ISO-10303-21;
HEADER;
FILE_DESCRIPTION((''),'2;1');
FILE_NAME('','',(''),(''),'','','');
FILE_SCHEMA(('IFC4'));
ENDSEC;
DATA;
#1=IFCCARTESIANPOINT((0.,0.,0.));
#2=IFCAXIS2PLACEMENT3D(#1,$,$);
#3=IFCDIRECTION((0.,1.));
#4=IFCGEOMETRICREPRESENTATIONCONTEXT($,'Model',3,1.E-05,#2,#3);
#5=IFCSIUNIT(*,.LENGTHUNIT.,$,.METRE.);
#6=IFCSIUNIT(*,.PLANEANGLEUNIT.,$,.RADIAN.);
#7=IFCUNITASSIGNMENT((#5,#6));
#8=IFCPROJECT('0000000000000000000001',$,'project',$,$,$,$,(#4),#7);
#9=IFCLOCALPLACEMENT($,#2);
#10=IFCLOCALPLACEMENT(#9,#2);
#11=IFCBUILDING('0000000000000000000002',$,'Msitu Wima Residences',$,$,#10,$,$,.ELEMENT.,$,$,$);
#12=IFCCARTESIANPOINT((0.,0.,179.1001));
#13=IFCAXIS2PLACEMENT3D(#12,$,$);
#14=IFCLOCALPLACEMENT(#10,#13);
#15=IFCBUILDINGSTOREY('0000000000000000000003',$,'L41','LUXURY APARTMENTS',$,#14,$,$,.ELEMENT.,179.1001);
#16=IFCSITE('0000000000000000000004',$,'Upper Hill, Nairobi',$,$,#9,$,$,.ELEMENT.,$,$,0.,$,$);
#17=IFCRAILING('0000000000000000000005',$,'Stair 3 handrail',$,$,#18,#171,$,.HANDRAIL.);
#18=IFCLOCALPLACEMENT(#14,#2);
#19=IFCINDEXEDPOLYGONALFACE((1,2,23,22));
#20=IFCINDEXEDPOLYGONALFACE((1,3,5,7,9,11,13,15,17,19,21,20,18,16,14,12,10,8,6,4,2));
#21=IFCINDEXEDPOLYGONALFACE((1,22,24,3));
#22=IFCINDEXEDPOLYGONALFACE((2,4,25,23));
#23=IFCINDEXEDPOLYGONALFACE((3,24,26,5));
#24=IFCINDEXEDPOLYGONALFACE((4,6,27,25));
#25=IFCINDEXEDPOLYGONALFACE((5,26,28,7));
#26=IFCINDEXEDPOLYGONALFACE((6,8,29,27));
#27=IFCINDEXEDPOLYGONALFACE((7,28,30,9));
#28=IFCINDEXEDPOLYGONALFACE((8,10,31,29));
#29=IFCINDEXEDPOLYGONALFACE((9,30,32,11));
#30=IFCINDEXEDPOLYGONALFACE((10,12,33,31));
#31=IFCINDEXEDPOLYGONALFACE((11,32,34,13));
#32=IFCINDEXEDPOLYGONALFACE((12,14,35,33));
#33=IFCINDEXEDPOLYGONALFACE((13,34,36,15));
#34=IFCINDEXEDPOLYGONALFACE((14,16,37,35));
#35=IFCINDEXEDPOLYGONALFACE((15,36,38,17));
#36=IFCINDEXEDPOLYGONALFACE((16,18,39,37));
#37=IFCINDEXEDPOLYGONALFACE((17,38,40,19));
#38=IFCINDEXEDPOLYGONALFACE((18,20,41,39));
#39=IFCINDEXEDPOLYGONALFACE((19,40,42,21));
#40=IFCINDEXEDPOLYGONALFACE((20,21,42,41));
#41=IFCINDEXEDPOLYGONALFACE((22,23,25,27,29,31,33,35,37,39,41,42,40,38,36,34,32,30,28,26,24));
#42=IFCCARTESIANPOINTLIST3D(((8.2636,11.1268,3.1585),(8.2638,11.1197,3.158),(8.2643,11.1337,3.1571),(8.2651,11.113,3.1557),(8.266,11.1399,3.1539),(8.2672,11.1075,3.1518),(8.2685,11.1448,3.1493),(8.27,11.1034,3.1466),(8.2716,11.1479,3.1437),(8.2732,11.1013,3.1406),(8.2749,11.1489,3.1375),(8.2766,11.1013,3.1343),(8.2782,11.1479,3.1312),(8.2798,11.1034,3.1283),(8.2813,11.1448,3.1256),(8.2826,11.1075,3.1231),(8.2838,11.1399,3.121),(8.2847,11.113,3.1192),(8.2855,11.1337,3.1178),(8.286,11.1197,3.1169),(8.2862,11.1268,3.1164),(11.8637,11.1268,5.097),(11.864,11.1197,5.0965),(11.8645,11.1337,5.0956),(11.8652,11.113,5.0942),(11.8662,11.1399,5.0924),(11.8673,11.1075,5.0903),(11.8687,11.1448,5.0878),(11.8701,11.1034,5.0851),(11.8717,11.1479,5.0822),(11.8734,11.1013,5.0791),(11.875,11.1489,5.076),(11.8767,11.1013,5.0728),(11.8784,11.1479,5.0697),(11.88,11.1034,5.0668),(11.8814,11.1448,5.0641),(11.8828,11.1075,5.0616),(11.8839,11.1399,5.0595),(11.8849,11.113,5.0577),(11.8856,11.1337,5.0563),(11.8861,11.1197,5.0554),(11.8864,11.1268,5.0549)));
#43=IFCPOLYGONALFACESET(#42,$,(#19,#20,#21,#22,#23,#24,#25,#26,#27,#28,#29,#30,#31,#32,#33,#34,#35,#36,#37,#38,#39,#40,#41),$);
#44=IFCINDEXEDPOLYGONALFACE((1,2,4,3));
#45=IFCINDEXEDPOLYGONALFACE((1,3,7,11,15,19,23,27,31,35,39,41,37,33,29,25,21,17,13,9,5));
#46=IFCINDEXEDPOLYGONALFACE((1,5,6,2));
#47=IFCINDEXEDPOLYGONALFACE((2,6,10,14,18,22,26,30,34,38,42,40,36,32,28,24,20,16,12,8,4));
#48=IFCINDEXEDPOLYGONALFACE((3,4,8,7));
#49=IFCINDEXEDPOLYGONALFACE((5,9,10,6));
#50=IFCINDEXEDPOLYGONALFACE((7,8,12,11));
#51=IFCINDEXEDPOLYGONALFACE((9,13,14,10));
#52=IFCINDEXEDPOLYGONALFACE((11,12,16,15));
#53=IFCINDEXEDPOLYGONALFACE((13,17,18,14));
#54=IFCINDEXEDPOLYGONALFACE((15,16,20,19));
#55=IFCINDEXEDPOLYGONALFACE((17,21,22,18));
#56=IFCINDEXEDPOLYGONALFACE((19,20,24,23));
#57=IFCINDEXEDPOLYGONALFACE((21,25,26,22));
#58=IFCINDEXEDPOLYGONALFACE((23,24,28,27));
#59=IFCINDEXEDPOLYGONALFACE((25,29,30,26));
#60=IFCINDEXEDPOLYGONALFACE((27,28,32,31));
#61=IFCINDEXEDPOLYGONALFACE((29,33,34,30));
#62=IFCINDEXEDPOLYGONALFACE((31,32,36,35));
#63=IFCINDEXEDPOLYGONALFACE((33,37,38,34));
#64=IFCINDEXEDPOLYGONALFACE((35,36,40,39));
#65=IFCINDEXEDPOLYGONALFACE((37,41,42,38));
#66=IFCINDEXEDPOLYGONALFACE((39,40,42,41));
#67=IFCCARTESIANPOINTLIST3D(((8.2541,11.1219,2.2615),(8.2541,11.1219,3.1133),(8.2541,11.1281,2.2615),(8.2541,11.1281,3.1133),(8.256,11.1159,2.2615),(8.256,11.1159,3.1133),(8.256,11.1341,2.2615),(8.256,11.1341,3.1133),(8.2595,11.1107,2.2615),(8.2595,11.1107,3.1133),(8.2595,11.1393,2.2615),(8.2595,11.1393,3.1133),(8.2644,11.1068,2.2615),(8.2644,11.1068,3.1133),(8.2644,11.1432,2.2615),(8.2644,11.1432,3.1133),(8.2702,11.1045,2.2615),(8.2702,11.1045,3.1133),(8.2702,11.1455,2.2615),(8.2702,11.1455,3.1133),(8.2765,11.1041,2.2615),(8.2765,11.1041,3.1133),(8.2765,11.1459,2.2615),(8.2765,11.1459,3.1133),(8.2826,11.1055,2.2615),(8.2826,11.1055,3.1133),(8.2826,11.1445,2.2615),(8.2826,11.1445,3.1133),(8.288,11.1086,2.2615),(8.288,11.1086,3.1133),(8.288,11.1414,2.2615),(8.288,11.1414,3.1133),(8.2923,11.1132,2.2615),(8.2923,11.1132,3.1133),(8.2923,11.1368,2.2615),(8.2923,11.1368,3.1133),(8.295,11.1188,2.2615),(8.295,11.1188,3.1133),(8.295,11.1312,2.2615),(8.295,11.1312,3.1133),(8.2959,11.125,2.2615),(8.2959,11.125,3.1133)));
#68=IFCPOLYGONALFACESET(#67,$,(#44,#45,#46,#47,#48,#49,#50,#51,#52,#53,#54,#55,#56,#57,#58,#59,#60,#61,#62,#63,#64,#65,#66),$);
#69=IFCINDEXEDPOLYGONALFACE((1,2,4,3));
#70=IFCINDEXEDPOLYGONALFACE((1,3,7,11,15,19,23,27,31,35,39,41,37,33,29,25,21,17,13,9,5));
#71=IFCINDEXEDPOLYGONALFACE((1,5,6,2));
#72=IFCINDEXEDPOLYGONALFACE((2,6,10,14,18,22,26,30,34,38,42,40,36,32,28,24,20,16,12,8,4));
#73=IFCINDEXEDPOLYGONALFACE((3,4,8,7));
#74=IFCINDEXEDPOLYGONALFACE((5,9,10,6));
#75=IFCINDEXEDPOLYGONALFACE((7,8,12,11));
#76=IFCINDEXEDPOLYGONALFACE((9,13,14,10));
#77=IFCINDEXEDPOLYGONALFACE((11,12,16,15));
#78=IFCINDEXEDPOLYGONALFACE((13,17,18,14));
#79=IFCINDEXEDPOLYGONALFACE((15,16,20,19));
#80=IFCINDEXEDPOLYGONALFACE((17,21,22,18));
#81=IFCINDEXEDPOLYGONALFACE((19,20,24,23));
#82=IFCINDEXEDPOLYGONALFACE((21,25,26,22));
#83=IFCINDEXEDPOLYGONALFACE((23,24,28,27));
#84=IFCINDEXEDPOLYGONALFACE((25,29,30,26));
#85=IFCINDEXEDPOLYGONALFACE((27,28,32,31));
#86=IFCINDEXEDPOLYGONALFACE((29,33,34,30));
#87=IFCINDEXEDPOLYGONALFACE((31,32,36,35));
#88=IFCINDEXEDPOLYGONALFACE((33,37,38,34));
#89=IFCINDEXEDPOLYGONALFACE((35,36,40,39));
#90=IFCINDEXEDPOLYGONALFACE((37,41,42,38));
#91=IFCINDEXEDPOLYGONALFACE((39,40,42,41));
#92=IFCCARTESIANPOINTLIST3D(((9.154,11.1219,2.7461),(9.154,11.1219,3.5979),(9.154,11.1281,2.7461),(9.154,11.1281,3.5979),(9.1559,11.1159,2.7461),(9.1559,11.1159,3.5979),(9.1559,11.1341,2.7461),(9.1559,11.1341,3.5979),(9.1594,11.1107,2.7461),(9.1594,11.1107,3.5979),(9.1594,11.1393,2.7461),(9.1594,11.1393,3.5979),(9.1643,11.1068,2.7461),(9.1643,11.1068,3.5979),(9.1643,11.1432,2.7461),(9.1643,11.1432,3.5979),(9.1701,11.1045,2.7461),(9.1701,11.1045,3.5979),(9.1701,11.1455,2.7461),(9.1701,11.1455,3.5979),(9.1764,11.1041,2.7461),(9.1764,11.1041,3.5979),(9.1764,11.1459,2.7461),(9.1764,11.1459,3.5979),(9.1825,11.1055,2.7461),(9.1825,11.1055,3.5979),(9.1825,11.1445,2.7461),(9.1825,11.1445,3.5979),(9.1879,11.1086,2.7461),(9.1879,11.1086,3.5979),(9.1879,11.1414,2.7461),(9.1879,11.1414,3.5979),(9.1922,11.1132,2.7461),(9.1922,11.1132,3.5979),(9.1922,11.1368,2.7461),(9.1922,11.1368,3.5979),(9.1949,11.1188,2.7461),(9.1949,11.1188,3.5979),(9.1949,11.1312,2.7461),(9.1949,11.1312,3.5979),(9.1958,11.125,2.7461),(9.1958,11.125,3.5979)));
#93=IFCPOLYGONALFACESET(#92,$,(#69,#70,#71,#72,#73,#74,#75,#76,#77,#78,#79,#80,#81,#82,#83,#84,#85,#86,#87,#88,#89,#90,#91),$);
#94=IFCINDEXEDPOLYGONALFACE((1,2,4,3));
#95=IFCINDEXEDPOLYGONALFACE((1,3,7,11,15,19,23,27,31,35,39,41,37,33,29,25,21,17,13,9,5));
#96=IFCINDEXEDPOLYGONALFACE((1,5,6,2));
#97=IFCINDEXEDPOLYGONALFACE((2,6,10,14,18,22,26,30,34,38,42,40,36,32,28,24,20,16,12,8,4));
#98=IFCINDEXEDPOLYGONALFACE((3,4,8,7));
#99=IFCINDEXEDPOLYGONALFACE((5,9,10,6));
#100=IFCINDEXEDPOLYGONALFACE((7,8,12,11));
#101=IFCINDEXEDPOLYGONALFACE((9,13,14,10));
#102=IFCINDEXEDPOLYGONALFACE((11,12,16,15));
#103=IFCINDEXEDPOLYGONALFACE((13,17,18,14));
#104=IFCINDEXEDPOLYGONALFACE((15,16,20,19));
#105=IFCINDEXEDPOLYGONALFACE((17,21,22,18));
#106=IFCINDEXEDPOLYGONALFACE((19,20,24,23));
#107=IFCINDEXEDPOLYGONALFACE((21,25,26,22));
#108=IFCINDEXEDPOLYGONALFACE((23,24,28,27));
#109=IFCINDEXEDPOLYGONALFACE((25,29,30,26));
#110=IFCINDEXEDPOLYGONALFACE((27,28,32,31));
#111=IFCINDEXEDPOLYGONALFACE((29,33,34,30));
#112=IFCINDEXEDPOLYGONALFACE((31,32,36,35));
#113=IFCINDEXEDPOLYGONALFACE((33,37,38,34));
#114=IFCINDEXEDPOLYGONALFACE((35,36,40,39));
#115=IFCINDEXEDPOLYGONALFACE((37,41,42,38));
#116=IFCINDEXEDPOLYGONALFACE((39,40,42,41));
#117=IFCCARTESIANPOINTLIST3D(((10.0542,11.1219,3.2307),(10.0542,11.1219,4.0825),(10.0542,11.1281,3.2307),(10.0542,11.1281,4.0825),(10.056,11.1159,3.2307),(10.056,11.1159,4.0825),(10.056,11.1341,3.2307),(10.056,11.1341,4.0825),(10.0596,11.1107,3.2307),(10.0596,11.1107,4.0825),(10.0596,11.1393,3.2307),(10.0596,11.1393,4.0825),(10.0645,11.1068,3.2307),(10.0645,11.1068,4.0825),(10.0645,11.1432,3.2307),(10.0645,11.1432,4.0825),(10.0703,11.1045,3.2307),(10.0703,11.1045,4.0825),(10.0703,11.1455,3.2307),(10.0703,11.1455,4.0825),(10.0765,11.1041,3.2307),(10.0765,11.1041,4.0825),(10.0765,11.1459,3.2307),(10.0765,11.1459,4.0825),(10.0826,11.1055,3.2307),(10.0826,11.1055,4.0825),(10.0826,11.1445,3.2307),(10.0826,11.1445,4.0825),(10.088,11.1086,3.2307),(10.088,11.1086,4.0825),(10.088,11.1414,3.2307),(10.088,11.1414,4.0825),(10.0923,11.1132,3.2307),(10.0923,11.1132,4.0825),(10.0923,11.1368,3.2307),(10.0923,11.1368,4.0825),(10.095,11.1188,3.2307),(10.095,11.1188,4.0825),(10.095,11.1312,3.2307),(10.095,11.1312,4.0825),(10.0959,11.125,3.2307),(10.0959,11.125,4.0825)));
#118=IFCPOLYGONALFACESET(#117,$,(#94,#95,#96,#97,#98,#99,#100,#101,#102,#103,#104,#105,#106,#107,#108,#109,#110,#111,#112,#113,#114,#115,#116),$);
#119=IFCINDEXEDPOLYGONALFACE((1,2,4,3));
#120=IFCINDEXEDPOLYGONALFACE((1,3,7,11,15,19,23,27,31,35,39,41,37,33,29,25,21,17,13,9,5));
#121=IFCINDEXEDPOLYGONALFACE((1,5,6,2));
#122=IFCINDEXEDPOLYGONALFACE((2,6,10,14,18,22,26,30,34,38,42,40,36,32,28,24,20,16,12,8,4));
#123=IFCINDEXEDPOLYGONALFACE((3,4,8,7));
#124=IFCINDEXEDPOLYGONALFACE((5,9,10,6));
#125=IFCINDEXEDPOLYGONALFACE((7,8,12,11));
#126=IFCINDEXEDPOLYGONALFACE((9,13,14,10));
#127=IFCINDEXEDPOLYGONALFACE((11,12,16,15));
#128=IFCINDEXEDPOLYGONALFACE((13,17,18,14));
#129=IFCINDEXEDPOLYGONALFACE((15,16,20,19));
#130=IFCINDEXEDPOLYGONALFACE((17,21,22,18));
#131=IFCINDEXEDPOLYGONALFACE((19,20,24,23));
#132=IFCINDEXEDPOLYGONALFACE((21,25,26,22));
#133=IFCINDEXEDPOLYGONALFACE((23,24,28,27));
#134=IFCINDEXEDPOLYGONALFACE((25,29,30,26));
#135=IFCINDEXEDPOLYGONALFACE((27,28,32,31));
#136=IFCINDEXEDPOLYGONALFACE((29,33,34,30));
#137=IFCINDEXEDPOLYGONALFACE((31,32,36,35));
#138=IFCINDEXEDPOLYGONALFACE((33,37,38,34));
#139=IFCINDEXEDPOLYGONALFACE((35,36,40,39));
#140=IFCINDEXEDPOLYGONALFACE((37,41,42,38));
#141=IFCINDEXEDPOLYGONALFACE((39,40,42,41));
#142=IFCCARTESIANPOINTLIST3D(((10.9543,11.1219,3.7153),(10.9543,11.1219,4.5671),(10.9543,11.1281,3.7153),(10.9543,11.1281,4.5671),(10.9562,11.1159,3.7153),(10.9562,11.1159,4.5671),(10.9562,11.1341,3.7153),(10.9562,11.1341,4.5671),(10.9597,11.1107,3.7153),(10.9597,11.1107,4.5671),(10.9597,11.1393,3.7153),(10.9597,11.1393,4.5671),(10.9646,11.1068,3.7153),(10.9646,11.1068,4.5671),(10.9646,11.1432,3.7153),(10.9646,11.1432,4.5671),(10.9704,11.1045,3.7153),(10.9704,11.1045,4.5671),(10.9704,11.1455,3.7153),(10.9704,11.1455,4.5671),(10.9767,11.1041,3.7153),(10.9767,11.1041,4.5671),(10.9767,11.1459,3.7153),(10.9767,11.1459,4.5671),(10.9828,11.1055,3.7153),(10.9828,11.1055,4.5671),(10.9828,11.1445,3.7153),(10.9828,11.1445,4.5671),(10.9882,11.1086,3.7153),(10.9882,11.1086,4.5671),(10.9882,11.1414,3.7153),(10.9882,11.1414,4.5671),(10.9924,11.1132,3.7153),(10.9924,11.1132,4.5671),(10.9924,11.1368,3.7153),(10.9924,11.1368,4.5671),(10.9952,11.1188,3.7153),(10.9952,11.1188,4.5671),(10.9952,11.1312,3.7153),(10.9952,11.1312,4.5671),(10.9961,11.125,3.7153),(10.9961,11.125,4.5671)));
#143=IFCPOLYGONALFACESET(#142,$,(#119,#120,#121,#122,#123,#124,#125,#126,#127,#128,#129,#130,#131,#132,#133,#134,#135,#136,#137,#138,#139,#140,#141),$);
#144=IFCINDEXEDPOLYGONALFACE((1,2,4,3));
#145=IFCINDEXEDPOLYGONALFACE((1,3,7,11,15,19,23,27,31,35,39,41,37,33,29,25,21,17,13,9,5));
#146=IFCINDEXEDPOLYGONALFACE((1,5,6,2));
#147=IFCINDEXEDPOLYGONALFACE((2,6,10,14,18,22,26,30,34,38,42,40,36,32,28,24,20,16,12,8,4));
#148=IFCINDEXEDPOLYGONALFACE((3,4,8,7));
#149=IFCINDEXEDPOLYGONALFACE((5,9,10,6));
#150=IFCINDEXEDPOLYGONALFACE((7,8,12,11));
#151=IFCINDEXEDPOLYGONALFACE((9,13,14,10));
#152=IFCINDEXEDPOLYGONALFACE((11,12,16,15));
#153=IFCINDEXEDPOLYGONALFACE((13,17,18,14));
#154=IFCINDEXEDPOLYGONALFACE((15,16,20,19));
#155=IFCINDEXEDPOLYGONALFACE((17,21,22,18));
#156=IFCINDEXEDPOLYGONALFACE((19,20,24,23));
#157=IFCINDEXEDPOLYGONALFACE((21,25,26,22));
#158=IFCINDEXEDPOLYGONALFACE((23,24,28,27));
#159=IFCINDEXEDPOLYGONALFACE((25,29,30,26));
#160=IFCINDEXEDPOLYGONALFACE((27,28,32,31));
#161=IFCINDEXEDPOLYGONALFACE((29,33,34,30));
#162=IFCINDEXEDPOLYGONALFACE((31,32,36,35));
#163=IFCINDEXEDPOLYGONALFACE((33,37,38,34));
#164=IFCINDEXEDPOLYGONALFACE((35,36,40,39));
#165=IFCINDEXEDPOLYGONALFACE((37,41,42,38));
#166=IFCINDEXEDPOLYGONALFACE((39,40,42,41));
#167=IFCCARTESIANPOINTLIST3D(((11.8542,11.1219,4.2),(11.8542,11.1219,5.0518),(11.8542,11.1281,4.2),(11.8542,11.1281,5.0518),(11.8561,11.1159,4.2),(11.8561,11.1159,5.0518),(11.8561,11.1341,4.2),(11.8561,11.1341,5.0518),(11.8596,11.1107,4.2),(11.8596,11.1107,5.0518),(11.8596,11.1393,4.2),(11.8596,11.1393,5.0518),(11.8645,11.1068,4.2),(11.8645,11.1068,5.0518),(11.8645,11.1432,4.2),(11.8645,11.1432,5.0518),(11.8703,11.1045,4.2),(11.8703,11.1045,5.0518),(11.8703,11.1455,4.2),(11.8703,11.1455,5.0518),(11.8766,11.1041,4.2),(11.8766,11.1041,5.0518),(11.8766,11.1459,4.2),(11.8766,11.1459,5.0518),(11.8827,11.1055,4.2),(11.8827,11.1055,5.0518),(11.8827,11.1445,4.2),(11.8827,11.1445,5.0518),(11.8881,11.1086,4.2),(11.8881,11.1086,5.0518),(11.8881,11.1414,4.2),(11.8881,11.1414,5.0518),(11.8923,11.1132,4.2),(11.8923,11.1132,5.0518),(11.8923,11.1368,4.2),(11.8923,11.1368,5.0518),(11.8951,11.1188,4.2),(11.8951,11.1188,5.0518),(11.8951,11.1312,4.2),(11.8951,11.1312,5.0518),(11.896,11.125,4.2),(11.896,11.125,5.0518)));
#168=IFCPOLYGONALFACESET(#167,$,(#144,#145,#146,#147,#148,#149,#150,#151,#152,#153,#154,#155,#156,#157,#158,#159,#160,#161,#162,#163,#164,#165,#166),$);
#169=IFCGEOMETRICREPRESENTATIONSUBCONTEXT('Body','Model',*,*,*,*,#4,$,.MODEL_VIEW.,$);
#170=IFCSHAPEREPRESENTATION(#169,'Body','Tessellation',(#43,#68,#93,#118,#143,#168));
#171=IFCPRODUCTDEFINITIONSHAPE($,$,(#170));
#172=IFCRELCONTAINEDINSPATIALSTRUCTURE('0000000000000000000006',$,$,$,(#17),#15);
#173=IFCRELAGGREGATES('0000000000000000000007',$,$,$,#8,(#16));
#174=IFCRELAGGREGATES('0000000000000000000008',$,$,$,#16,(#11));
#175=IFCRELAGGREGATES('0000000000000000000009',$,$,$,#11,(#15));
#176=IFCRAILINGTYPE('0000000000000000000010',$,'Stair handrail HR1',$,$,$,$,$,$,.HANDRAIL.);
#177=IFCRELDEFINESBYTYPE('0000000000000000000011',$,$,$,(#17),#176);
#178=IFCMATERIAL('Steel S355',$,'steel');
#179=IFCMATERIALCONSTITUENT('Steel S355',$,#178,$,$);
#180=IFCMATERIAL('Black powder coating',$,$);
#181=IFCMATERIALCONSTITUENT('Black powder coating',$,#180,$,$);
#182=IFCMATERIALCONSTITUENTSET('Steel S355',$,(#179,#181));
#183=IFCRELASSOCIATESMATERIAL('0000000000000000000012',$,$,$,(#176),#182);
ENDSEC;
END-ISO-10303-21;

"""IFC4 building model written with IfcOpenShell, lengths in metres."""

from ifc_helpers import new_model, si_unit, direction, frame, origin, origin_2d, place, context, subcontext, project, spatial, circle, extrude, material, constituent, constituent_set, type_object, element, save


model = new_model("IFC4")

# Units and contexts
model_context = context("Model", 3, precision=1e-05, world=origin(), true_north=direction((0.0, 1.0)))
body_context = subcontext(model_context, "Body", "Model", "MODEL_VIEW")
ifc_project = project(units=[si_unit("LENGTHUNIT", "METRE"), si_unit("PLANEANGLEUNIT", "RADIAN")], contexts=[model_context])

# Site, building, storey
site_placement = place(None, origin())
site = spatial("IfcSite", under=ifc_project, at=site_placement, Name="Upper Hill, Nairobi", CompositionType="ELEMENT", RefElevation=0.0)
building_placement = place(site_placement, origin())
building = spatial("IfcBuilding", under=site, at=building_placement, Name="Msitu Wima Residences", CompositionType="ELEMENT")
storey_placement = place(building_placement, frame((0.0, 0.0, 179.1001)))
storey = spatial("IfcBuildingStorey", under=building, at=storey_placement, Name="L41", Description="LUXURY APARTMENTS", CompositionType="ELEMENT", Elevation=179.1001)

# Railing
ifc_material_1 = material(Name="Steel S355", Category="steel")
ifc_constituent_1 = constituent(ifc_material_1, Name="Steel S355")
ifc_material_2 = material(Name="Black powder coating")
ifc_constituent_2 = constituent(ifc_material_2, Name="Black powder coating")
ifc_constituent_set_1 = constituent_set(constituents=[ifc_constituent_1, ifc_constituent_2], Name="Steel S355")
railing_type_1 = type_object("IfcRailingType", Name="Stair handrail HR1", PredefinedType="HANDRAIL", material=ifc_constituent_set_1)
railing_1_placement = place(storey_placement, frame((8.2749, 11.125, 2.2615)))
element("IfcRailing", 1, at=railing_1_placement, inside=storey, type_object=railing_type_1, Name="Stair 3 handrail", PredefinedType="HANDRAIL", context=body_context, shape_type="SweptSolid", body=[
    extrude(circle(Radius=0.0239, at=origin_2d()), frame((0.0, 0.0, 0.876), z_axis=(0.880475, 0.0, 0.474093), x_axis=(0.0, 1.0, 0.0)), (0.0, 0.0, 1.0), 4.0889),
    extrude(circle(Radius=0.021, at=origin_2d()), origin(), (0.0, 0.0, 1.0), 0.8518),
    extrude(circle(Radius=0.021, at=origin_2d()), frame((0.8999, 0.0, 0.4846)), (0.0, 0.0, 1.0), 0.8518),
    extrude(circle(Radius=0.021, at=origin_2d()), frame((1.8, 0.0, 0.9692)), (0.0, 0.0, 1.0), 0.8518),
    extrude(circle(Radius=0.021, at=origin_2d()), frame((2.7002, 0.0, 1.4539)), (0.0, 0.0, 1.0), 0.8518),
    extrude(circle(Radius=0.021, at=origin_2d()), frame((3.6001, 0.0, 1.9385)), (0.0, 0.0, 1.0), 0.8518),
])

save(model, "model.ifc")
